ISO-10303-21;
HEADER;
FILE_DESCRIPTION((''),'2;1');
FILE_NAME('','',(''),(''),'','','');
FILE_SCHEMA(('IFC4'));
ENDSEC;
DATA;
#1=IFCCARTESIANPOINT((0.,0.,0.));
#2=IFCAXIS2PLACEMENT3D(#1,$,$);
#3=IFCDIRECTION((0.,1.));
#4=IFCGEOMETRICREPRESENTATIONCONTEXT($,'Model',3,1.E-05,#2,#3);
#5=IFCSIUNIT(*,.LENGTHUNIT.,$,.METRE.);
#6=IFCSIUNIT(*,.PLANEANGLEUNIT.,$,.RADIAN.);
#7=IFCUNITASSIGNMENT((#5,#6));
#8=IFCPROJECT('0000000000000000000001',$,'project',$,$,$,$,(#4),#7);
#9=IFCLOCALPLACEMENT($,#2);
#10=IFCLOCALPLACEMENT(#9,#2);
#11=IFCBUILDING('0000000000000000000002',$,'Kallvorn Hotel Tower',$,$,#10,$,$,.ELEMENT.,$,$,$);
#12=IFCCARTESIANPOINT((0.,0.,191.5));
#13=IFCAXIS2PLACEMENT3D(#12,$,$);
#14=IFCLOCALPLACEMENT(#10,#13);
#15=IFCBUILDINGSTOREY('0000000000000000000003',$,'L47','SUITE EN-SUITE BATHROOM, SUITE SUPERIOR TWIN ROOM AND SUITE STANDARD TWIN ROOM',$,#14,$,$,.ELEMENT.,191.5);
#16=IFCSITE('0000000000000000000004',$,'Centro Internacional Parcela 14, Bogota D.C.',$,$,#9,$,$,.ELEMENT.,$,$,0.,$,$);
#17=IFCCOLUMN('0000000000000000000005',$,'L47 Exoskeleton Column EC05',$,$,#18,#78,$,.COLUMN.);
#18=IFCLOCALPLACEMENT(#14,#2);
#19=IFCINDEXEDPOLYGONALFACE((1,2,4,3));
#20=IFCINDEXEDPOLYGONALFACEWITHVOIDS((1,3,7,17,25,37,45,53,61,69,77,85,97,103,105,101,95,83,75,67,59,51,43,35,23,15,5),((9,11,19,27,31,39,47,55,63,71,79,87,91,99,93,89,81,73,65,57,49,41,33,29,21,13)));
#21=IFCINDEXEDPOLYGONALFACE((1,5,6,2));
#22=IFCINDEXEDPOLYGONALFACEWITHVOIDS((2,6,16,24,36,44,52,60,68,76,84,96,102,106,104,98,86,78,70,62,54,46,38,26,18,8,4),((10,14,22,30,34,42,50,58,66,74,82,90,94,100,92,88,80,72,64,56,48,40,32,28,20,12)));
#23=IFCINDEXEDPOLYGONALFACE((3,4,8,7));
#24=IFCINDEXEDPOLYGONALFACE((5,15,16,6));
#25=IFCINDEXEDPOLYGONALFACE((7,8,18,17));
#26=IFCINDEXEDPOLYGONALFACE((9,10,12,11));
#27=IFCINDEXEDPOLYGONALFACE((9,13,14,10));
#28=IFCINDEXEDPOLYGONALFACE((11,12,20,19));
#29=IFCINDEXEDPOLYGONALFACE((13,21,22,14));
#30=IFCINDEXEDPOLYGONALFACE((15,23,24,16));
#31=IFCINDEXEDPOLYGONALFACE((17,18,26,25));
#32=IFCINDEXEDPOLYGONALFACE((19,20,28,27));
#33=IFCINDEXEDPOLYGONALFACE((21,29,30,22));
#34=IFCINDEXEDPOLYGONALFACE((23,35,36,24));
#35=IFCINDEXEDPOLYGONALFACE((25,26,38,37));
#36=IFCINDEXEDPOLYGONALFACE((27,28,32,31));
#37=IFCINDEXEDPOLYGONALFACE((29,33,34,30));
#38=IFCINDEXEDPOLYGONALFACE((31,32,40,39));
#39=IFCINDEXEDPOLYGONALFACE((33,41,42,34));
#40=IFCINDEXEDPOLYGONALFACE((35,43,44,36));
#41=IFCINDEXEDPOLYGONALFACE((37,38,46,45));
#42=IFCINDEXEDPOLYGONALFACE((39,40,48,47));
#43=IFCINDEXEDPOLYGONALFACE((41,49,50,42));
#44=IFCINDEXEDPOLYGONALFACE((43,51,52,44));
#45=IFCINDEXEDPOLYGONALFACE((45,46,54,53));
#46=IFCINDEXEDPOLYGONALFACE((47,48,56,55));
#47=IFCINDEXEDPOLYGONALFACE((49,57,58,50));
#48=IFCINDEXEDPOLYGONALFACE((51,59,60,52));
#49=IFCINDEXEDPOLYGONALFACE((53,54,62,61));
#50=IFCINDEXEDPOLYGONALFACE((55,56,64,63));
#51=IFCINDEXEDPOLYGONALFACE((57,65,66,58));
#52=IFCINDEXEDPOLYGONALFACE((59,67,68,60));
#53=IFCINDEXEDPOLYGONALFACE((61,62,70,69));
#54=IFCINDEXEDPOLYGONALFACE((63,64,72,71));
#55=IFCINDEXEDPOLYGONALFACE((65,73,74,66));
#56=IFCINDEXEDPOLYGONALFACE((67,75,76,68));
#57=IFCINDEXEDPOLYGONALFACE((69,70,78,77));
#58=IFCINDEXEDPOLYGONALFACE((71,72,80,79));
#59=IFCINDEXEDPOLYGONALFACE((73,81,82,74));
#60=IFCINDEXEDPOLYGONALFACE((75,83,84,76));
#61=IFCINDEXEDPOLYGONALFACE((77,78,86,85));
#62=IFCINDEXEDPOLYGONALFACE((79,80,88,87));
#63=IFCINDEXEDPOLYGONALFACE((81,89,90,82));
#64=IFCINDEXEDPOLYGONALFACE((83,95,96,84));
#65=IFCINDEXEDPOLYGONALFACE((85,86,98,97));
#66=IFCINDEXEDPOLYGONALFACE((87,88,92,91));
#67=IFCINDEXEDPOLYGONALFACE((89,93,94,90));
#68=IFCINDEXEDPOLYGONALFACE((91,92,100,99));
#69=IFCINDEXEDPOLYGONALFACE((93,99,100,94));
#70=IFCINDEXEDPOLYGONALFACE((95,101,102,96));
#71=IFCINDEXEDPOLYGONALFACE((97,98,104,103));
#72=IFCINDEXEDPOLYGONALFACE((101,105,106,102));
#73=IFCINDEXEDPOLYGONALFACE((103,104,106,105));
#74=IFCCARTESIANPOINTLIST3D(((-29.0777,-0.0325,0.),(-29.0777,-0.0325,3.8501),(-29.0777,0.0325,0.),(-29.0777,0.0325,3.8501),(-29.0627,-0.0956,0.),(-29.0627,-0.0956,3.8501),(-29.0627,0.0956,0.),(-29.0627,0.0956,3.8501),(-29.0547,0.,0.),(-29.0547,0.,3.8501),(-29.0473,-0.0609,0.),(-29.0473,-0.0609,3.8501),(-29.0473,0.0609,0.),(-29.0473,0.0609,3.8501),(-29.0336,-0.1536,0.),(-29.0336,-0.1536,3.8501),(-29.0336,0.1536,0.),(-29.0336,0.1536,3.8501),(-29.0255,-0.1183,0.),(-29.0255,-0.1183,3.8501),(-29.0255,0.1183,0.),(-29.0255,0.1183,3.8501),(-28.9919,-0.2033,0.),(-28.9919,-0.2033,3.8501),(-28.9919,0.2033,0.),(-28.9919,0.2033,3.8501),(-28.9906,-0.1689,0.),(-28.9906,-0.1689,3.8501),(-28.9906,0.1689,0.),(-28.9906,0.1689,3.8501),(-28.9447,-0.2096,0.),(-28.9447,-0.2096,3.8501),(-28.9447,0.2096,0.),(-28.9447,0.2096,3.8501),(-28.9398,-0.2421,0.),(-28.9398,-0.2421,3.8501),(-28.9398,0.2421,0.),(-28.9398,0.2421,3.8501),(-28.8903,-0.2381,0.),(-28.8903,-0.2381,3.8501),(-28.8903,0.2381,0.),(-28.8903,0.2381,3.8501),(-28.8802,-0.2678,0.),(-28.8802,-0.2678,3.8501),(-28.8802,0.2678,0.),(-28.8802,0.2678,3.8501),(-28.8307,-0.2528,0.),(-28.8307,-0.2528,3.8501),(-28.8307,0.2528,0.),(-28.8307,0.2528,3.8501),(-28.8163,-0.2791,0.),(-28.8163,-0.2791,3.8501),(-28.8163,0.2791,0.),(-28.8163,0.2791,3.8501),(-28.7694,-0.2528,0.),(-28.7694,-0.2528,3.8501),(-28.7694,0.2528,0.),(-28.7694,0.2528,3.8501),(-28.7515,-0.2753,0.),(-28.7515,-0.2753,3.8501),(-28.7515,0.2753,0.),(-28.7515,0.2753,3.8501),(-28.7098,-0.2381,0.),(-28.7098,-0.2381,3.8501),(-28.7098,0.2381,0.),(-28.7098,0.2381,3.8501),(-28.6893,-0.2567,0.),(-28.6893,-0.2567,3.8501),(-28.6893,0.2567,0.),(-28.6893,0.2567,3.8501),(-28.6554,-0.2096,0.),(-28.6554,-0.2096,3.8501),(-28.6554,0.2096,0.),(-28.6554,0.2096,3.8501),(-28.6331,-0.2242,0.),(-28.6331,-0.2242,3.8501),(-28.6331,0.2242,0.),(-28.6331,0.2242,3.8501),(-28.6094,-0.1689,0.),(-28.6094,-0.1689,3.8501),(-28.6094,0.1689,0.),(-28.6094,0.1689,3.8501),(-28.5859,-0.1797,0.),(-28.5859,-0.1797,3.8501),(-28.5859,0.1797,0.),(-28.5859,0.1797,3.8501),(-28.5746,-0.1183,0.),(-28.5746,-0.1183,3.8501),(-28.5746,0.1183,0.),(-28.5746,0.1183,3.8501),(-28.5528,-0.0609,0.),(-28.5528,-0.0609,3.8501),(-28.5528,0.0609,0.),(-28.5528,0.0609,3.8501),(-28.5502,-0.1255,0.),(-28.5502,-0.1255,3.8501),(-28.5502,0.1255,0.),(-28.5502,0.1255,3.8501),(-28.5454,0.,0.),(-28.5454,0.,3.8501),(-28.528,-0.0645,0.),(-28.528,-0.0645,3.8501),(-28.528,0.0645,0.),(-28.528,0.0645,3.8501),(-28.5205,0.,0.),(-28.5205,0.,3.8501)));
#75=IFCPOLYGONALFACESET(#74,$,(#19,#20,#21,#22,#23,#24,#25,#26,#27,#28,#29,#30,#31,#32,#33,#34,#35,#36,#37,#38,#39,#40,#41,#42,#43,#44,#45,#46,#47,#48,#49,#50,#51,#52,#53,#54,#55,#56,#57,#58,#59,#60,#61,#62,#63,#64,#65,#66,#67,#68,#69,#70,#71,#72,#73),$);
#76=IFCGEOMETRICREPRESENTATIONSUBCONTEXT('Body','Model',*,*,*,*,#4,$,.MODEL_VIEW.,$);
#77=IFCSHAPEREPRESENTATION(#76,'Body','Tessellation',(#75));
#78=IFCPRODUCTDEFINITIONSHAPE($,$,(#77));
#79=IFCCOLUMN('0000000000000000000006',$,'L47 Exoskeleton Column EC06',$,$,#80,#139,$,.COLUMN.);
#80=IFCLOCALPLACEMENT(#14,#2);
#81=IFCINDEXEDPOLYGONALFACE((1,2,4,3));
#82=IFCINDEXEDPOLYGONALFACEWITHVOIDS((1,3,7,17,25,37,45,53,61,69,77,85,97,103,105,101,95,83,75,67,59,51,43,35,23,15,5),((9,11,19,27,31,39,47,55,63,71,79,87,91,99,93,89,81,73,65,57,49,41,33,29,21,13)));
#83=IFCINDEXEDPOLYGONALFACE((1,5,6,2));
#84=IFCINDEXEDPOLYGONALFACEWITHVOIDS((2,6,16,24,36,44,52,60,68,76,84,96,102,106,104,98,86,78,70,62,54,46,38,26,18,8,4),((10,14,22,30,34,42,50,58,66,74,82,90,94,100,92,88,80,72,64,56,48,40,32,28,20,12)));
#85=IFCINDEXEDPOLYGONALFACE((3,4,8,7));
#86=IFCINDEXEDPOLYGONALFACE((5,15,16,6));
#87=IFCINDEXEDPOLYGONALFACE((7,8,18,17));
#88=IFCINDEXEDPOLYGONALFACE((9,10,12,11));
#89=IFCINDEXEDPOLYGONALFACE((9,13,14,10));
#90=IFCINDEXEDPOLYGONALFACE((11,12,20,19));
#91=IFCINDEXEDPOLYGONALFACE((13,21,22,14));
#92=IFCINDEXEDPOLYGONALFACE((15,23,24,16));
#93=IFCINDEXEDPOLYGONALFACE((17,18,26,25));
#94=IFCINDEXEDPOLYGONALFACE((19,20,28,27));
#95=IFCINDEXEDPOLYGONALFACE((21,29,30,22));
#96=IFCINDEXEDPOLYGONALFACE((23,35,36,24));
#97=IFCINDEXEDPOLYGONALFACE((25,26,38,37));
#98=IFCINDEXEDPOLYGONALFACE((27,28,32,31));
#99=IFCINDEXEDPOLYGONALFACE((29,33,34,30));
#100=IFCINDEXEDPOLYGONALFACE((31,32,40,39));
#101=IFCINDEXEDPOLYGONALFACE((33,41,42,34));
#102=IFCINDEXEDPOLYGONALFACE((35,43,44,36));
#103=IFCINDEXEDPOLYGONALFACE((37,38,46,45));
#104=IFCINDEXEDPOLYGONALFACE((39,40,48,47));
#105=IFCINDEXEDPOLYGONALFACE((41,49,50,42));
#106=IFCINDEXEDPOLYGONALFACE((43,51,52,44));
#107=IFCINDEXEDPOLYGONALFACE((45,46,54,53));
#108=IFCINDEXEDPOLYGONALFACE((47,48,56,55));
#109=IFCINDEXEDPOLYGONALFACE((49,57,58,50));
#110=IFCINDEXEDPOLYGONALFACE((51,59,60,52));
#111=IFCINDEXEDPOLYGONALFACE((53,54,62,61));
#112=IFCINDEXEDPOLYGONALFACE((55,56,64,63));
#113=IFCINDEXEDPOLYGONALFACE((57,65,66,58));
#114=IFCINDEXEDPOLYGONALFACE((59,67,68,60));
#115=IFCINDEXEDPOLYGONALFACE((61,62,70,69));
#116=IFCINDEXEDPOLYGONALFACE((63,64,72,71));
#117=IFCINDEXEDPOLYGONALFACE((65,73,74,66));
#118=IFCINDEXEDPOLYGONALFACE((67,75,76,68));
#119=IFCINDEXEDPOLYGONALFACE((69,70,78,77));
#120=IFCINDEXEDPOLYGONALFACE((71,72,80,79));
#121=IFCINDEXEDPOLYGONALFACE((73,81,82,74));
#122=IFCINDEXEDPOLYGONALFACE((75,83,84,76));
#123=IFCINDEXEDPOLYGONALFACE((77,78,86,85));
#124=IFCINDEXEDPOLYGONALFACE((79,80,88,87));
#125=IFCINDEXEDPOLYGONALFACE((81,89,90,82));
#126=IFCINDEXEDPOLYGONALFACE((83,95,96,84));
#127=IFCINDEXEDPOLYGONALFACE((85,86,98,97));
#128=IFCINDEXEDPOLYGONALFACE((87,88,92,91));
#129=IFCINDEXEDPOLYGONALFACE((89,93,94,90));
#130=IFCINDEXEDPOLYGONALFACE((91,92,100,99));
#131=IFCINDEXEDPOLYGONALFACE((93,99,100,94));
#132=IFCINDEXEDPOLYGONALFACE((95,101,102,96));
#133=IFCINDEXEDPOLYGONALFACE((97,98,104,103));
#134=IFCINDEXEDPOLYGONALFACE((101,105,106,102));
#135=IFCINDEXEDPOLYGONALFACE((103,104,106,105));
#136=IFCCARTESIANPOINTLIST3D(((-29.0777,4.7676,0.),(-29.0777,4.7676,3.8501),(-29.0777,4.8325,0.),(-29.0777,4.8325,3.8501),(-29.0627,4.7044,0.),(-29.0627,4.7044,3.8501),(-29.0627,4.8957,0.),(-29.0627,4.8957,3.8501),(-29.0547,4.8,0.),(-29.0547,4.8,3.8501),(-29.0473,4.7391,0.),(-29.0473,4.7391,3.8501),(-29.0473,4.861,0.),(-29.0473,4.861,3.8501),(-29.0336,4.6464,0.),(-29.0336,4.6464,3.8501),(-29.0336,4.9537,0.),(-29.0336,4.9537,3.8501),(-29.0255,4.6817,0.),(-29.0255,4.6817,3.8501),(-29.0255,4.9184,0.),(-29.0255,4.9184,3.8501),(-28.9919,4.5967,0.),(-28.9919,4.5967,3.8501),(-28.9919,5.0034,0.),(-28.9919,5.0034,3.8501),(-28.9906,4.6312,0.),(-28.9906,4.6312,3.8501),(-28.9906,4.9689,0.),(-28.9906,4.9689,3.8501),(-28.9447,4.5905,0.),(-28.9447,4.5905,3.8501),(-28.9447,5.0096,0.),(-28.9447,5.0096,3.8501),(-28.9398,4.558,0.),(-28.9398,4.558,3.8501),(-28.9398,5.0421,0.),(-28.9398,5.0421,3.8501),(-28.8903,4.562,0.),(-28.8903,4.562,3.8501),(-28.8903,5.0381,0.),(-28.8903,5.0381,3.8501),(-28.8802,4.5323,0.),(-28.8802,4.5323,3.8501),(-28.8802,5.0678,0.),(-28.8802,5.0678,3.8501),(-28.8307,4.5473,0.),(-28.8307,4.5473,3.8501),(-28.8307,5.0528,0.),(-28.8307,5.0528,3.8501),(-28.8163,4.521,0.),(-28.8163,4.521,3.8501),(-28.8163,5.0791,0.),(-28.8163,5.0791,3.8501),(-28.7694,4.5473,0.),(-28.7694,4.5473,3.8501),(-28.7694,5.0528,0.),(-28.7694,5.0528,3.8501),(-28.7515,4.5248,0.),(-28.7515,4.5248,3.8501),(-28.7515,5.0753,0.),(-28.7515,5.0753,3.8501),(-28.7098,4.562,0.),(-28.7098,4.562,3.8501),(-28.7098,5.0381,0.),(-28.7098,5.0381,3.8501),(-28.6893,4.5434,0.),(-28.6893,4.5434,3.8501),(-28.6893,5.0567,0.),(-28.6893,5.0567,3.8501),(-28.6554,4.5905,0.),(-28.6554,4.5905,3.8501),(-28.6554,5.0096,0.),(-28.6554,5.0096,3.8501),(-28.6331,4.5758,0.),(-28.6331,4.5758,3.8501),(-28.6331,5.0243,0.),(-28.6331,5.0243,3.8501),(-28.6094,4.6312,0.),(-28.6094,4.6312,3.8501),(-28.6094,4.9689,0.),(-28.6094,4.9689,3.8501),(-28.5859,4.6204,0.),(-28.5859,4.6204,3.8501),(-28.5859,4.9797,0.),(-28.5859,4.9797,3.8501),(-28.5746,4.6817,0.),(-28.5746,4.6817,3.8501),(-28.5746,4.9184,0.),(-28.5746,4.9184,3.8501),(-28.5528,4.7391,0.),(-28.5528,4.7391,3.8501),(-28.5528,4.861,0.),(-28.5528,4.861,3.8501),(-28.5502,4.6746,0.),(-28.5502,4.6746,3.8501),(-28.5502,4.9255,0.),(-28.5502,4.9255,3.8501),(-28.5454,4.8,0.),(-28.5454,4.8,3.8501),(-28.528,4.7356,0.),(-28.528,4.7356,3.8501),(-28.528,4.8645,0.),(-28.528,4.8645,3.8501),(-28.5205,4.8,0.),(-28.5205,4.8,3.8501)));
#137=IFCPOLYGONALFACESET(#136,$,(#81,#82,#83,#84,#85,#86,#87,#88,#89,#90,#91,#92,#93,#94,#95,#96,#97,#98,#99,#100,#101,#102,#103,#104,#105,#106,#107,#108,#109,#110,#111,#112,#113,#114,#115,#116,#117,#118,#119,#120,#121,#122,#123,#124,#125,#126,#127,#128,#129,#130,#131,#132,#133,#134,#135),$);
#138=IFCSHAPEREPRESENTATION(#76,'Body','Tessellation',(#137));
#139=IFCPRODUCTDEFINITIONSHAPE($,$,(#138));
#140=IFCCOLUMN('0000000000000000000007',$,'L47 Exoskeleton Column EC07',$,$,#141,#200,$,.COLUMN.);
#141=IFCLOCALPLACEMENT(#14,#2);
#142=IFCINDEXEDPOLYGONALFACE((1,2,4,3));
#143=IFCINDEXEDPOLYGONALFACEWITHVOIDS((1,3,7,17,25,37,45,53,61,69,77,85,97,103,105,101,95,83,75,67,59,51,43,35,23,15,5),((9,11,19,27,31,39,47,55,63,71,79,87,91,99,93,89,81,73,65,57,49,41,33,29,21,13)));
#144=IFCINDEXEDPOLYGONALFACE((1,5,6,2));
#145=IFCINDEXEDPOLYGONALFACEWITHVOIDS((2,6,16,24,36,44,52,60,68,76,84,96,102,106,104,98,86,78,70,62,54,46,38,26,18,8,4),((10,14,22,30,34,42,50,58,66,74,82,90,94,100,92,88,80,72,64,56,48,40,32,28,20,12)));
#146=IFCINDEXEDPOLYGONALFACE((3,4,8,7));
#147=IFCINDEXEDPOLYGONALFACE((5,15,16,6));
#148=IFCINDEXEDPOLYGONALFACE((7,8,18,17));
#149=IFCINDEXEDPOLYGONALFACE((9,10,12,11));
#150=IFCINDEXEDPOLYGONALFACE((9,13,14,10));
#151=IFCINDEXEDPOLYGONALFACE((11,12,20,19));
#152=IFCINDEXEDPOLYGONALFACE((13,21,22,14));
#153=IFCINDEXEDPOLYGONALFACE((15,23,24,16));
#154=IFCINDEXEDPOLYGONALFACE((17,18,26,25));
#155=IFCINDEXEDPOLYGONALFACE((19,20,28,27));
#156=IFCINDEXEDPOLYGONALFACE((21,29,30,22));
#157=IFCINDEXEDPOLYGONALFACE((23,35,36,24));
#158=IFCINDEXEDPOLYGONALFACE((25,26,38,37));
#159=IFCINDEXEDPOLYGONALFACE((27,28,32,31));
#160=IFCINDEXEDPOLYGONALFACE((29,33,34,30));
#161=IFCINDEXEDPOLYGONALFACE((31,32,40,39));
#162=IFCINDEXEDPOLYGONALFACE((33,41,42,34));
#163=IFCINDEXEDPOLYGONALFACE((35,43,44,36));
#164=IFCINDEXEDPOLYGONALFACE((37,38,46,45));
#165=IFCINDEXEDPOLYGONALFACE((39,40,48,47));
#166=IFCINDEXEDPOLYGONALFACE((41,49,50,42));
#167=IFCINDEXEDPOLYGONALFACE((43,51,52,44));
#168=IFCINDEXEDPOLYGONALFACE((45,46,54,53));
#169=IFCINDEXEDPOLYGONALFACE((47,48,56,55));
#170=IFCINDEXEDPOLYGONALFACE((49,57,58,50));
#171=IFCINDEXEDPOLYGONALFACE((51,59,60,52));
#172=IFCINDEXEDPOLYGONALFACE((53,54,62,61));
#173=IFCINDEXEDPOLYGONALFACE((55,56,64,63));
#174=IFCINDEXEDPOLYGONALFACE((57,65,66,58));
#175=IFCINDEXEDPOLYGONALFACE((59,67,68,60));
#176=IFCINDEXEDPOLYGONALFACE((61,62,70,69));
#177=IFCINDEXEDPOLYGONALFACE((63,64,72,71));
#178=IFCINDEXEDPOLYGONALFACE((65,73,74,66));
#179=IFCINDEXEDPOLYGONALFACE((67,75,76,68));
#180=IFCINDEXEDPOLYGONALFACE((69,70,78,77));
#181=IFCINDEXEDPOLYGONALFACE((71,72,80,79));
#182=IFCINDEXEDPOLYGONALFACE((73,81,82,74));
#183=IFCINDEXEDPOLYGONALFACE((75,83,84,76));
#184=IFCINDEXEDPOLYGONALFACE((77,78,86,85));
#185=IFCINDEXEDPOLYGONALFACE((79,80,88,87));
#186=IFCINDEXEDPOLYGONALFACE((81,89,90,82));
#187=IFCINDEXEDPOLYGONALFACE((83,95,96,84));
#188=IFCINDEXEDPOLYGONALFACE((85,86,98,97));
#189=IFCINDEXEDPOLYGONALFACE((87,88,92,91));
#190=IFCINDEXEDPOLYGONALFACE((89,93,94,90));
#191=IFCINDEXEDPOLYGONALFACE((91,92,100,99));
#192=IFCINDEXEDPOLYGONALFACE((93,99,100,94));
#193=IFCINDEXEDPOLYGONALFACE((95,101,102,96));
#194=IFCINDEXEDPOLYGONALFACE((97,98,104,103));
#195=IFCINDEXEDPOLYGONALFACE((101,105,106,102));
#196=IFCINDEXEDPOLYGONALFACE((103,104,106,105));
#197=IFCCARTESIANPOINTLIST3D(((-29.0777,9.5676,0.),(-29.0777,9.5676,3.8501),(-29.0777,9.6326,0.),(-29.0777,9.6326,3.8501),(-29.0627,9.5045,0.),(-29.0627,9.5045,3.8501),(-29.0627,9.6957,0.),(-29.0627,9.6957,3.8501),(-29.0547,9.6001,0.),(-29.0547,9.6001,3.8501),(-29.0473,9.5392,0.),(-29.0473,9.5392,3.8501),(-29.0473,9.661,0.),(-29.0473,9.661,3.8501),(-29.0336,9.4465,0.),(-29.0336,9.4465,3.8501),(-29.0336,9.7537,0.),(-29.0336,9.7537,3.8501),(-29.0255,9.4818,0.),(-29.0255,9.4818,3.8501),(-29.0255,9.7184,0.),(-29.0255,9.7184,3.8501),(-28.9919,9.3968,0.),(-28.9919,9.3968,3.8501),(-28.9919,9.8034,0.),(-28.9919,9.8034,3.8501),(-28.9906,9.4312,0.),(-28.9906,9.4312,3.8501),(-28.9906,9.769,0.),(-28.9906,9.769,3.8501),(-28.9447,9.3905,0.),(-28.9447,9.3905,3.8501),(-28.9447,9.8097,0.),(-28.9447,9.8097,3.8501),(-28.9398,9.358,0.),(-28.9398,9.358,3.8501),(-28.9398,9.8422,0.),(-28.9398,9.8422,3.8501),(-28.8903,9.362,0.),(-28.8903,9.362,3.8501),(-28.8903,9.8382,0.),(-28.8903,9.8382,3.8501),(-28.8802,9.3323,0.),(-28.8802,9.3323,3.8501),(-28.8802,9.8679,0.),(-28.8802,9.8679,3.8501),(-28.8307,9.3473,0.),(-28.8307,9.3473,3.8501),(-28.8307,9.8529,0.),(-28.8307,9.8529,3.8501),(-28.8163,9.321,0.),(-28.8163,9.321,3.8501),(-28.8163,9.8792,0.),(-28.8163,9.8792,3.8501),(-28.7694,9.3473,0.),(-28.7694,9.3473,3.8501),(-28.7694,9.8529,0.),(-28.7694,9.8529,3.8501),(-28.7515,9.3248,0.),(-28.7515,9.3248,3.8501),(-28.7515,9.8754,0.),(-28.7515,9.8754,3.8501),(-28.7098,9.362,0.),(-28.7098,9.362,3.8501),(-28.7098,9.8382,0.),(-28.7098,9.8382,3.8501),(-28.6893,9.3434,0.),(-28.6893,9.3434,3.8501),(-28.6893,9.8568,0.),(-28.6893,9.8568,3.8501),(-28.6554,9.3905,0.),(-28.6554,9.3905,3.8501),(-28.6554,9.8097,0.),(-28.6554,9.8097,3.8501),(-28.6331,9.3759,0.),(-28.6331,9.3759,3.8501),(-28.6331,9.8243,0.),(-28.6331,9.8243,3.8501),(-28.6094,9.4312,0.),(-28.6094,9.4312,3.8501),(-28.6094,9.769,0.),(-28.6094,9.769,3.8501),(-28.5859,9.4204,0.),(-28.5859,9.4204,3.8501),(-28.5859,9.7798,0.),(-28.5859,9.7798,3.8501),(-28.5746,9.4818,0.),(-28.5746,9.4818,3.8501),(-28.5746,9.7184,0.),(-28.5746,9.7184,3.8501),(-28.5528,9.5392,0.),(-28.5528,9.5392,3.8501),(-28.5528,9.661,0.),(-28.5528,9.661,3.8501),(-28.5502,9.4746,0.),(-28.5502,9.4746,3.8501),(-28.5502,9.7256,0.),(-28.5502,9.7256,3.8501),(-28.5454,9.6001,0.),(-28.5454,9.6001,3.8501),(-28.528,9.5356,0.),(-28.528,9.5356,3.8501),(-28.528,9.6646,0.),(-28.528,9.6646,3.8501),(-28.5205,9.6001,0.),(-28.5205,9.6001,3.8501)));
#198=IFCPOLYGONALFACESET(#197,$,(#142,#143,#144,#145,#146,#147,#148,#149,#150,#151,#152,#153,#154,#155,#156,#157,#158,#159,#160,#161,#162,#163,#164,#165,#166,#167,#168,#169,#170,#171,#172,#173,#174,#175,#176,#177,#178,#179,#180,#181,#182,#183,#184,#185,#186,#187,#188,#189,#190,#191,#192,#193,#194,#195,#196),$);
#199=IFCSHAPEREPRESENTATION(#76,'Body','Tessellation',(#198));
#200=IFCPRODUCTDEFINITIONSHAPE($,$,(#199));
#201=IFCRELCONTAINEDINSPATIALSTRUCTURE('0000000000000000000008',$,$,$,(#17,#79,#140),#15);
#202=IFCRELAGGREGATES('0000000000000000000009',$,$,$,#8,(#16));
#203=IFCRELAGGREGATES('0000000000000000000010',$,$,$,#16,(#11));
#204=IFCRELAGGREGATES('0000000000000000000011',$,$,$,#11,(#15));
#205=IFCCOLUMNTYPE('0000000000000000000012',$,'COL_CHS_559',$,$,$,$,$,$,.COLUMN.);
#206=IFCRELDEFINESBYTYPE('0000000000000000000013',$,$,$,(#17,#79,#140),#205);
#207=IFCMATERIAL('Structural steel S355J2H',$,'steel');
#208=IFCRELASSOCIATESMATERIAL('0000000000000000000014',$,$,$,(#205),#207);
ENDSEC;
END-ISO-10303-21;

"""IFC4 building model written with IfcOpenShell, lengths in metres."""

from ifc_helpers import new_model, si_unit, direction, frame, origin, origin_2d, place, context, subcontext, project, spatial, hollow_circle, extrude, material, material_profile, profile_set, type_object, element, save


model = new_model("IFC4")

# Units and contexts
model_context = context("Model", 3, precision=1e-05, world=origin(), true_north=direction((0.0, 1.0)))
body_context = subcontext(model_context, "Body", "Model", "MODEL_VIEW")
ifc_project = project(units=[si_unit("LENGTHUNIT", "METRE"), si_unit("PLANEANGLEUNIT", "RADIAN")], contexts=[model_context])

# Site, building, storey
site_placement = place(None, origin())
site = spatial("IfcSite", under=ifc_project, at=site_placement, Name="Centro Internacional Parcela 14, Bogota D.C.", CompositionType="ELEMENT", RefElevation=0.0)
building_placement = place(site_placement, origin())
building = spatial("IfcBuilding", under=site, at=building_placement, Name="Kallvorn Hotel Tower", CompositionType="ELEMENT")
storey_placement = place(building_placement, frame((0.0, 0.0, 191.5)))
storey = spatial("IfcBuildingStorey", under=building, at=storey_placement, Name="L47", Description="SUITE EN-SUITE BATHROOM, SUITE SUPERIOR TWIN ROOM AND SUITE STANDARD TWIN ROOM", CompositionType="ELEMENT", Elevation=191.5)

# Columns
ifc_material_1 = material(Name="Structural steel S355J2H", Category="steel")
ifc_material_profile_1 = material_profile(ifc_material_1, hollow_circle(Radius=0.2795, WallThickness=0.0249, at=origin_2d()), Name="CHS 559x25")
ifc_profile_set_1 = profile_set([ifc_material_profile_1], Name="Structural steel S355J2H")
column_type_1 = type_object("IfcColumnType", Name="COL_CHS_559", PredefinedType="COLUMN", material=ifc_profile_set_1)
for number, where, z_axis, x_axis, name in (
    (1, (-28.8, 0.0, 0.0), (0.0, 0.0, 1.0), (1.0, 0.0, 0.0), "L47 Exoskeleton Column EC05"),
    (2, (-28.8, 4.8, 0.0), (0.0, 0.0, 1.0), (1.0, 0.0, 0.0), "L47 Exoskeleton Column EC06"),
    (3, (-28.8, 9.6001, 0.0), (0.0, 0.0, 1.0), (1.0, 0.0, 0.0), "L47 Exoskeleton Column EC07"),
):
    element("IfcColumn", number, at=place(storey_placement, frame(where, z_axis=z_axis, x_axis=x_axis)), inside=storey, type_object=column_type_1, Name=name, PredefinedType="COLUMN", context=body_context, shape_type="SweptSolid", body=[
        extrude(hollow_circle(Radius=0.2795, WallThickness=0.0249, at=origin_2d()), origin(), (0.0, 0.0, 1.0), 3.8501),
    ])

save(model, "model.ifc")
